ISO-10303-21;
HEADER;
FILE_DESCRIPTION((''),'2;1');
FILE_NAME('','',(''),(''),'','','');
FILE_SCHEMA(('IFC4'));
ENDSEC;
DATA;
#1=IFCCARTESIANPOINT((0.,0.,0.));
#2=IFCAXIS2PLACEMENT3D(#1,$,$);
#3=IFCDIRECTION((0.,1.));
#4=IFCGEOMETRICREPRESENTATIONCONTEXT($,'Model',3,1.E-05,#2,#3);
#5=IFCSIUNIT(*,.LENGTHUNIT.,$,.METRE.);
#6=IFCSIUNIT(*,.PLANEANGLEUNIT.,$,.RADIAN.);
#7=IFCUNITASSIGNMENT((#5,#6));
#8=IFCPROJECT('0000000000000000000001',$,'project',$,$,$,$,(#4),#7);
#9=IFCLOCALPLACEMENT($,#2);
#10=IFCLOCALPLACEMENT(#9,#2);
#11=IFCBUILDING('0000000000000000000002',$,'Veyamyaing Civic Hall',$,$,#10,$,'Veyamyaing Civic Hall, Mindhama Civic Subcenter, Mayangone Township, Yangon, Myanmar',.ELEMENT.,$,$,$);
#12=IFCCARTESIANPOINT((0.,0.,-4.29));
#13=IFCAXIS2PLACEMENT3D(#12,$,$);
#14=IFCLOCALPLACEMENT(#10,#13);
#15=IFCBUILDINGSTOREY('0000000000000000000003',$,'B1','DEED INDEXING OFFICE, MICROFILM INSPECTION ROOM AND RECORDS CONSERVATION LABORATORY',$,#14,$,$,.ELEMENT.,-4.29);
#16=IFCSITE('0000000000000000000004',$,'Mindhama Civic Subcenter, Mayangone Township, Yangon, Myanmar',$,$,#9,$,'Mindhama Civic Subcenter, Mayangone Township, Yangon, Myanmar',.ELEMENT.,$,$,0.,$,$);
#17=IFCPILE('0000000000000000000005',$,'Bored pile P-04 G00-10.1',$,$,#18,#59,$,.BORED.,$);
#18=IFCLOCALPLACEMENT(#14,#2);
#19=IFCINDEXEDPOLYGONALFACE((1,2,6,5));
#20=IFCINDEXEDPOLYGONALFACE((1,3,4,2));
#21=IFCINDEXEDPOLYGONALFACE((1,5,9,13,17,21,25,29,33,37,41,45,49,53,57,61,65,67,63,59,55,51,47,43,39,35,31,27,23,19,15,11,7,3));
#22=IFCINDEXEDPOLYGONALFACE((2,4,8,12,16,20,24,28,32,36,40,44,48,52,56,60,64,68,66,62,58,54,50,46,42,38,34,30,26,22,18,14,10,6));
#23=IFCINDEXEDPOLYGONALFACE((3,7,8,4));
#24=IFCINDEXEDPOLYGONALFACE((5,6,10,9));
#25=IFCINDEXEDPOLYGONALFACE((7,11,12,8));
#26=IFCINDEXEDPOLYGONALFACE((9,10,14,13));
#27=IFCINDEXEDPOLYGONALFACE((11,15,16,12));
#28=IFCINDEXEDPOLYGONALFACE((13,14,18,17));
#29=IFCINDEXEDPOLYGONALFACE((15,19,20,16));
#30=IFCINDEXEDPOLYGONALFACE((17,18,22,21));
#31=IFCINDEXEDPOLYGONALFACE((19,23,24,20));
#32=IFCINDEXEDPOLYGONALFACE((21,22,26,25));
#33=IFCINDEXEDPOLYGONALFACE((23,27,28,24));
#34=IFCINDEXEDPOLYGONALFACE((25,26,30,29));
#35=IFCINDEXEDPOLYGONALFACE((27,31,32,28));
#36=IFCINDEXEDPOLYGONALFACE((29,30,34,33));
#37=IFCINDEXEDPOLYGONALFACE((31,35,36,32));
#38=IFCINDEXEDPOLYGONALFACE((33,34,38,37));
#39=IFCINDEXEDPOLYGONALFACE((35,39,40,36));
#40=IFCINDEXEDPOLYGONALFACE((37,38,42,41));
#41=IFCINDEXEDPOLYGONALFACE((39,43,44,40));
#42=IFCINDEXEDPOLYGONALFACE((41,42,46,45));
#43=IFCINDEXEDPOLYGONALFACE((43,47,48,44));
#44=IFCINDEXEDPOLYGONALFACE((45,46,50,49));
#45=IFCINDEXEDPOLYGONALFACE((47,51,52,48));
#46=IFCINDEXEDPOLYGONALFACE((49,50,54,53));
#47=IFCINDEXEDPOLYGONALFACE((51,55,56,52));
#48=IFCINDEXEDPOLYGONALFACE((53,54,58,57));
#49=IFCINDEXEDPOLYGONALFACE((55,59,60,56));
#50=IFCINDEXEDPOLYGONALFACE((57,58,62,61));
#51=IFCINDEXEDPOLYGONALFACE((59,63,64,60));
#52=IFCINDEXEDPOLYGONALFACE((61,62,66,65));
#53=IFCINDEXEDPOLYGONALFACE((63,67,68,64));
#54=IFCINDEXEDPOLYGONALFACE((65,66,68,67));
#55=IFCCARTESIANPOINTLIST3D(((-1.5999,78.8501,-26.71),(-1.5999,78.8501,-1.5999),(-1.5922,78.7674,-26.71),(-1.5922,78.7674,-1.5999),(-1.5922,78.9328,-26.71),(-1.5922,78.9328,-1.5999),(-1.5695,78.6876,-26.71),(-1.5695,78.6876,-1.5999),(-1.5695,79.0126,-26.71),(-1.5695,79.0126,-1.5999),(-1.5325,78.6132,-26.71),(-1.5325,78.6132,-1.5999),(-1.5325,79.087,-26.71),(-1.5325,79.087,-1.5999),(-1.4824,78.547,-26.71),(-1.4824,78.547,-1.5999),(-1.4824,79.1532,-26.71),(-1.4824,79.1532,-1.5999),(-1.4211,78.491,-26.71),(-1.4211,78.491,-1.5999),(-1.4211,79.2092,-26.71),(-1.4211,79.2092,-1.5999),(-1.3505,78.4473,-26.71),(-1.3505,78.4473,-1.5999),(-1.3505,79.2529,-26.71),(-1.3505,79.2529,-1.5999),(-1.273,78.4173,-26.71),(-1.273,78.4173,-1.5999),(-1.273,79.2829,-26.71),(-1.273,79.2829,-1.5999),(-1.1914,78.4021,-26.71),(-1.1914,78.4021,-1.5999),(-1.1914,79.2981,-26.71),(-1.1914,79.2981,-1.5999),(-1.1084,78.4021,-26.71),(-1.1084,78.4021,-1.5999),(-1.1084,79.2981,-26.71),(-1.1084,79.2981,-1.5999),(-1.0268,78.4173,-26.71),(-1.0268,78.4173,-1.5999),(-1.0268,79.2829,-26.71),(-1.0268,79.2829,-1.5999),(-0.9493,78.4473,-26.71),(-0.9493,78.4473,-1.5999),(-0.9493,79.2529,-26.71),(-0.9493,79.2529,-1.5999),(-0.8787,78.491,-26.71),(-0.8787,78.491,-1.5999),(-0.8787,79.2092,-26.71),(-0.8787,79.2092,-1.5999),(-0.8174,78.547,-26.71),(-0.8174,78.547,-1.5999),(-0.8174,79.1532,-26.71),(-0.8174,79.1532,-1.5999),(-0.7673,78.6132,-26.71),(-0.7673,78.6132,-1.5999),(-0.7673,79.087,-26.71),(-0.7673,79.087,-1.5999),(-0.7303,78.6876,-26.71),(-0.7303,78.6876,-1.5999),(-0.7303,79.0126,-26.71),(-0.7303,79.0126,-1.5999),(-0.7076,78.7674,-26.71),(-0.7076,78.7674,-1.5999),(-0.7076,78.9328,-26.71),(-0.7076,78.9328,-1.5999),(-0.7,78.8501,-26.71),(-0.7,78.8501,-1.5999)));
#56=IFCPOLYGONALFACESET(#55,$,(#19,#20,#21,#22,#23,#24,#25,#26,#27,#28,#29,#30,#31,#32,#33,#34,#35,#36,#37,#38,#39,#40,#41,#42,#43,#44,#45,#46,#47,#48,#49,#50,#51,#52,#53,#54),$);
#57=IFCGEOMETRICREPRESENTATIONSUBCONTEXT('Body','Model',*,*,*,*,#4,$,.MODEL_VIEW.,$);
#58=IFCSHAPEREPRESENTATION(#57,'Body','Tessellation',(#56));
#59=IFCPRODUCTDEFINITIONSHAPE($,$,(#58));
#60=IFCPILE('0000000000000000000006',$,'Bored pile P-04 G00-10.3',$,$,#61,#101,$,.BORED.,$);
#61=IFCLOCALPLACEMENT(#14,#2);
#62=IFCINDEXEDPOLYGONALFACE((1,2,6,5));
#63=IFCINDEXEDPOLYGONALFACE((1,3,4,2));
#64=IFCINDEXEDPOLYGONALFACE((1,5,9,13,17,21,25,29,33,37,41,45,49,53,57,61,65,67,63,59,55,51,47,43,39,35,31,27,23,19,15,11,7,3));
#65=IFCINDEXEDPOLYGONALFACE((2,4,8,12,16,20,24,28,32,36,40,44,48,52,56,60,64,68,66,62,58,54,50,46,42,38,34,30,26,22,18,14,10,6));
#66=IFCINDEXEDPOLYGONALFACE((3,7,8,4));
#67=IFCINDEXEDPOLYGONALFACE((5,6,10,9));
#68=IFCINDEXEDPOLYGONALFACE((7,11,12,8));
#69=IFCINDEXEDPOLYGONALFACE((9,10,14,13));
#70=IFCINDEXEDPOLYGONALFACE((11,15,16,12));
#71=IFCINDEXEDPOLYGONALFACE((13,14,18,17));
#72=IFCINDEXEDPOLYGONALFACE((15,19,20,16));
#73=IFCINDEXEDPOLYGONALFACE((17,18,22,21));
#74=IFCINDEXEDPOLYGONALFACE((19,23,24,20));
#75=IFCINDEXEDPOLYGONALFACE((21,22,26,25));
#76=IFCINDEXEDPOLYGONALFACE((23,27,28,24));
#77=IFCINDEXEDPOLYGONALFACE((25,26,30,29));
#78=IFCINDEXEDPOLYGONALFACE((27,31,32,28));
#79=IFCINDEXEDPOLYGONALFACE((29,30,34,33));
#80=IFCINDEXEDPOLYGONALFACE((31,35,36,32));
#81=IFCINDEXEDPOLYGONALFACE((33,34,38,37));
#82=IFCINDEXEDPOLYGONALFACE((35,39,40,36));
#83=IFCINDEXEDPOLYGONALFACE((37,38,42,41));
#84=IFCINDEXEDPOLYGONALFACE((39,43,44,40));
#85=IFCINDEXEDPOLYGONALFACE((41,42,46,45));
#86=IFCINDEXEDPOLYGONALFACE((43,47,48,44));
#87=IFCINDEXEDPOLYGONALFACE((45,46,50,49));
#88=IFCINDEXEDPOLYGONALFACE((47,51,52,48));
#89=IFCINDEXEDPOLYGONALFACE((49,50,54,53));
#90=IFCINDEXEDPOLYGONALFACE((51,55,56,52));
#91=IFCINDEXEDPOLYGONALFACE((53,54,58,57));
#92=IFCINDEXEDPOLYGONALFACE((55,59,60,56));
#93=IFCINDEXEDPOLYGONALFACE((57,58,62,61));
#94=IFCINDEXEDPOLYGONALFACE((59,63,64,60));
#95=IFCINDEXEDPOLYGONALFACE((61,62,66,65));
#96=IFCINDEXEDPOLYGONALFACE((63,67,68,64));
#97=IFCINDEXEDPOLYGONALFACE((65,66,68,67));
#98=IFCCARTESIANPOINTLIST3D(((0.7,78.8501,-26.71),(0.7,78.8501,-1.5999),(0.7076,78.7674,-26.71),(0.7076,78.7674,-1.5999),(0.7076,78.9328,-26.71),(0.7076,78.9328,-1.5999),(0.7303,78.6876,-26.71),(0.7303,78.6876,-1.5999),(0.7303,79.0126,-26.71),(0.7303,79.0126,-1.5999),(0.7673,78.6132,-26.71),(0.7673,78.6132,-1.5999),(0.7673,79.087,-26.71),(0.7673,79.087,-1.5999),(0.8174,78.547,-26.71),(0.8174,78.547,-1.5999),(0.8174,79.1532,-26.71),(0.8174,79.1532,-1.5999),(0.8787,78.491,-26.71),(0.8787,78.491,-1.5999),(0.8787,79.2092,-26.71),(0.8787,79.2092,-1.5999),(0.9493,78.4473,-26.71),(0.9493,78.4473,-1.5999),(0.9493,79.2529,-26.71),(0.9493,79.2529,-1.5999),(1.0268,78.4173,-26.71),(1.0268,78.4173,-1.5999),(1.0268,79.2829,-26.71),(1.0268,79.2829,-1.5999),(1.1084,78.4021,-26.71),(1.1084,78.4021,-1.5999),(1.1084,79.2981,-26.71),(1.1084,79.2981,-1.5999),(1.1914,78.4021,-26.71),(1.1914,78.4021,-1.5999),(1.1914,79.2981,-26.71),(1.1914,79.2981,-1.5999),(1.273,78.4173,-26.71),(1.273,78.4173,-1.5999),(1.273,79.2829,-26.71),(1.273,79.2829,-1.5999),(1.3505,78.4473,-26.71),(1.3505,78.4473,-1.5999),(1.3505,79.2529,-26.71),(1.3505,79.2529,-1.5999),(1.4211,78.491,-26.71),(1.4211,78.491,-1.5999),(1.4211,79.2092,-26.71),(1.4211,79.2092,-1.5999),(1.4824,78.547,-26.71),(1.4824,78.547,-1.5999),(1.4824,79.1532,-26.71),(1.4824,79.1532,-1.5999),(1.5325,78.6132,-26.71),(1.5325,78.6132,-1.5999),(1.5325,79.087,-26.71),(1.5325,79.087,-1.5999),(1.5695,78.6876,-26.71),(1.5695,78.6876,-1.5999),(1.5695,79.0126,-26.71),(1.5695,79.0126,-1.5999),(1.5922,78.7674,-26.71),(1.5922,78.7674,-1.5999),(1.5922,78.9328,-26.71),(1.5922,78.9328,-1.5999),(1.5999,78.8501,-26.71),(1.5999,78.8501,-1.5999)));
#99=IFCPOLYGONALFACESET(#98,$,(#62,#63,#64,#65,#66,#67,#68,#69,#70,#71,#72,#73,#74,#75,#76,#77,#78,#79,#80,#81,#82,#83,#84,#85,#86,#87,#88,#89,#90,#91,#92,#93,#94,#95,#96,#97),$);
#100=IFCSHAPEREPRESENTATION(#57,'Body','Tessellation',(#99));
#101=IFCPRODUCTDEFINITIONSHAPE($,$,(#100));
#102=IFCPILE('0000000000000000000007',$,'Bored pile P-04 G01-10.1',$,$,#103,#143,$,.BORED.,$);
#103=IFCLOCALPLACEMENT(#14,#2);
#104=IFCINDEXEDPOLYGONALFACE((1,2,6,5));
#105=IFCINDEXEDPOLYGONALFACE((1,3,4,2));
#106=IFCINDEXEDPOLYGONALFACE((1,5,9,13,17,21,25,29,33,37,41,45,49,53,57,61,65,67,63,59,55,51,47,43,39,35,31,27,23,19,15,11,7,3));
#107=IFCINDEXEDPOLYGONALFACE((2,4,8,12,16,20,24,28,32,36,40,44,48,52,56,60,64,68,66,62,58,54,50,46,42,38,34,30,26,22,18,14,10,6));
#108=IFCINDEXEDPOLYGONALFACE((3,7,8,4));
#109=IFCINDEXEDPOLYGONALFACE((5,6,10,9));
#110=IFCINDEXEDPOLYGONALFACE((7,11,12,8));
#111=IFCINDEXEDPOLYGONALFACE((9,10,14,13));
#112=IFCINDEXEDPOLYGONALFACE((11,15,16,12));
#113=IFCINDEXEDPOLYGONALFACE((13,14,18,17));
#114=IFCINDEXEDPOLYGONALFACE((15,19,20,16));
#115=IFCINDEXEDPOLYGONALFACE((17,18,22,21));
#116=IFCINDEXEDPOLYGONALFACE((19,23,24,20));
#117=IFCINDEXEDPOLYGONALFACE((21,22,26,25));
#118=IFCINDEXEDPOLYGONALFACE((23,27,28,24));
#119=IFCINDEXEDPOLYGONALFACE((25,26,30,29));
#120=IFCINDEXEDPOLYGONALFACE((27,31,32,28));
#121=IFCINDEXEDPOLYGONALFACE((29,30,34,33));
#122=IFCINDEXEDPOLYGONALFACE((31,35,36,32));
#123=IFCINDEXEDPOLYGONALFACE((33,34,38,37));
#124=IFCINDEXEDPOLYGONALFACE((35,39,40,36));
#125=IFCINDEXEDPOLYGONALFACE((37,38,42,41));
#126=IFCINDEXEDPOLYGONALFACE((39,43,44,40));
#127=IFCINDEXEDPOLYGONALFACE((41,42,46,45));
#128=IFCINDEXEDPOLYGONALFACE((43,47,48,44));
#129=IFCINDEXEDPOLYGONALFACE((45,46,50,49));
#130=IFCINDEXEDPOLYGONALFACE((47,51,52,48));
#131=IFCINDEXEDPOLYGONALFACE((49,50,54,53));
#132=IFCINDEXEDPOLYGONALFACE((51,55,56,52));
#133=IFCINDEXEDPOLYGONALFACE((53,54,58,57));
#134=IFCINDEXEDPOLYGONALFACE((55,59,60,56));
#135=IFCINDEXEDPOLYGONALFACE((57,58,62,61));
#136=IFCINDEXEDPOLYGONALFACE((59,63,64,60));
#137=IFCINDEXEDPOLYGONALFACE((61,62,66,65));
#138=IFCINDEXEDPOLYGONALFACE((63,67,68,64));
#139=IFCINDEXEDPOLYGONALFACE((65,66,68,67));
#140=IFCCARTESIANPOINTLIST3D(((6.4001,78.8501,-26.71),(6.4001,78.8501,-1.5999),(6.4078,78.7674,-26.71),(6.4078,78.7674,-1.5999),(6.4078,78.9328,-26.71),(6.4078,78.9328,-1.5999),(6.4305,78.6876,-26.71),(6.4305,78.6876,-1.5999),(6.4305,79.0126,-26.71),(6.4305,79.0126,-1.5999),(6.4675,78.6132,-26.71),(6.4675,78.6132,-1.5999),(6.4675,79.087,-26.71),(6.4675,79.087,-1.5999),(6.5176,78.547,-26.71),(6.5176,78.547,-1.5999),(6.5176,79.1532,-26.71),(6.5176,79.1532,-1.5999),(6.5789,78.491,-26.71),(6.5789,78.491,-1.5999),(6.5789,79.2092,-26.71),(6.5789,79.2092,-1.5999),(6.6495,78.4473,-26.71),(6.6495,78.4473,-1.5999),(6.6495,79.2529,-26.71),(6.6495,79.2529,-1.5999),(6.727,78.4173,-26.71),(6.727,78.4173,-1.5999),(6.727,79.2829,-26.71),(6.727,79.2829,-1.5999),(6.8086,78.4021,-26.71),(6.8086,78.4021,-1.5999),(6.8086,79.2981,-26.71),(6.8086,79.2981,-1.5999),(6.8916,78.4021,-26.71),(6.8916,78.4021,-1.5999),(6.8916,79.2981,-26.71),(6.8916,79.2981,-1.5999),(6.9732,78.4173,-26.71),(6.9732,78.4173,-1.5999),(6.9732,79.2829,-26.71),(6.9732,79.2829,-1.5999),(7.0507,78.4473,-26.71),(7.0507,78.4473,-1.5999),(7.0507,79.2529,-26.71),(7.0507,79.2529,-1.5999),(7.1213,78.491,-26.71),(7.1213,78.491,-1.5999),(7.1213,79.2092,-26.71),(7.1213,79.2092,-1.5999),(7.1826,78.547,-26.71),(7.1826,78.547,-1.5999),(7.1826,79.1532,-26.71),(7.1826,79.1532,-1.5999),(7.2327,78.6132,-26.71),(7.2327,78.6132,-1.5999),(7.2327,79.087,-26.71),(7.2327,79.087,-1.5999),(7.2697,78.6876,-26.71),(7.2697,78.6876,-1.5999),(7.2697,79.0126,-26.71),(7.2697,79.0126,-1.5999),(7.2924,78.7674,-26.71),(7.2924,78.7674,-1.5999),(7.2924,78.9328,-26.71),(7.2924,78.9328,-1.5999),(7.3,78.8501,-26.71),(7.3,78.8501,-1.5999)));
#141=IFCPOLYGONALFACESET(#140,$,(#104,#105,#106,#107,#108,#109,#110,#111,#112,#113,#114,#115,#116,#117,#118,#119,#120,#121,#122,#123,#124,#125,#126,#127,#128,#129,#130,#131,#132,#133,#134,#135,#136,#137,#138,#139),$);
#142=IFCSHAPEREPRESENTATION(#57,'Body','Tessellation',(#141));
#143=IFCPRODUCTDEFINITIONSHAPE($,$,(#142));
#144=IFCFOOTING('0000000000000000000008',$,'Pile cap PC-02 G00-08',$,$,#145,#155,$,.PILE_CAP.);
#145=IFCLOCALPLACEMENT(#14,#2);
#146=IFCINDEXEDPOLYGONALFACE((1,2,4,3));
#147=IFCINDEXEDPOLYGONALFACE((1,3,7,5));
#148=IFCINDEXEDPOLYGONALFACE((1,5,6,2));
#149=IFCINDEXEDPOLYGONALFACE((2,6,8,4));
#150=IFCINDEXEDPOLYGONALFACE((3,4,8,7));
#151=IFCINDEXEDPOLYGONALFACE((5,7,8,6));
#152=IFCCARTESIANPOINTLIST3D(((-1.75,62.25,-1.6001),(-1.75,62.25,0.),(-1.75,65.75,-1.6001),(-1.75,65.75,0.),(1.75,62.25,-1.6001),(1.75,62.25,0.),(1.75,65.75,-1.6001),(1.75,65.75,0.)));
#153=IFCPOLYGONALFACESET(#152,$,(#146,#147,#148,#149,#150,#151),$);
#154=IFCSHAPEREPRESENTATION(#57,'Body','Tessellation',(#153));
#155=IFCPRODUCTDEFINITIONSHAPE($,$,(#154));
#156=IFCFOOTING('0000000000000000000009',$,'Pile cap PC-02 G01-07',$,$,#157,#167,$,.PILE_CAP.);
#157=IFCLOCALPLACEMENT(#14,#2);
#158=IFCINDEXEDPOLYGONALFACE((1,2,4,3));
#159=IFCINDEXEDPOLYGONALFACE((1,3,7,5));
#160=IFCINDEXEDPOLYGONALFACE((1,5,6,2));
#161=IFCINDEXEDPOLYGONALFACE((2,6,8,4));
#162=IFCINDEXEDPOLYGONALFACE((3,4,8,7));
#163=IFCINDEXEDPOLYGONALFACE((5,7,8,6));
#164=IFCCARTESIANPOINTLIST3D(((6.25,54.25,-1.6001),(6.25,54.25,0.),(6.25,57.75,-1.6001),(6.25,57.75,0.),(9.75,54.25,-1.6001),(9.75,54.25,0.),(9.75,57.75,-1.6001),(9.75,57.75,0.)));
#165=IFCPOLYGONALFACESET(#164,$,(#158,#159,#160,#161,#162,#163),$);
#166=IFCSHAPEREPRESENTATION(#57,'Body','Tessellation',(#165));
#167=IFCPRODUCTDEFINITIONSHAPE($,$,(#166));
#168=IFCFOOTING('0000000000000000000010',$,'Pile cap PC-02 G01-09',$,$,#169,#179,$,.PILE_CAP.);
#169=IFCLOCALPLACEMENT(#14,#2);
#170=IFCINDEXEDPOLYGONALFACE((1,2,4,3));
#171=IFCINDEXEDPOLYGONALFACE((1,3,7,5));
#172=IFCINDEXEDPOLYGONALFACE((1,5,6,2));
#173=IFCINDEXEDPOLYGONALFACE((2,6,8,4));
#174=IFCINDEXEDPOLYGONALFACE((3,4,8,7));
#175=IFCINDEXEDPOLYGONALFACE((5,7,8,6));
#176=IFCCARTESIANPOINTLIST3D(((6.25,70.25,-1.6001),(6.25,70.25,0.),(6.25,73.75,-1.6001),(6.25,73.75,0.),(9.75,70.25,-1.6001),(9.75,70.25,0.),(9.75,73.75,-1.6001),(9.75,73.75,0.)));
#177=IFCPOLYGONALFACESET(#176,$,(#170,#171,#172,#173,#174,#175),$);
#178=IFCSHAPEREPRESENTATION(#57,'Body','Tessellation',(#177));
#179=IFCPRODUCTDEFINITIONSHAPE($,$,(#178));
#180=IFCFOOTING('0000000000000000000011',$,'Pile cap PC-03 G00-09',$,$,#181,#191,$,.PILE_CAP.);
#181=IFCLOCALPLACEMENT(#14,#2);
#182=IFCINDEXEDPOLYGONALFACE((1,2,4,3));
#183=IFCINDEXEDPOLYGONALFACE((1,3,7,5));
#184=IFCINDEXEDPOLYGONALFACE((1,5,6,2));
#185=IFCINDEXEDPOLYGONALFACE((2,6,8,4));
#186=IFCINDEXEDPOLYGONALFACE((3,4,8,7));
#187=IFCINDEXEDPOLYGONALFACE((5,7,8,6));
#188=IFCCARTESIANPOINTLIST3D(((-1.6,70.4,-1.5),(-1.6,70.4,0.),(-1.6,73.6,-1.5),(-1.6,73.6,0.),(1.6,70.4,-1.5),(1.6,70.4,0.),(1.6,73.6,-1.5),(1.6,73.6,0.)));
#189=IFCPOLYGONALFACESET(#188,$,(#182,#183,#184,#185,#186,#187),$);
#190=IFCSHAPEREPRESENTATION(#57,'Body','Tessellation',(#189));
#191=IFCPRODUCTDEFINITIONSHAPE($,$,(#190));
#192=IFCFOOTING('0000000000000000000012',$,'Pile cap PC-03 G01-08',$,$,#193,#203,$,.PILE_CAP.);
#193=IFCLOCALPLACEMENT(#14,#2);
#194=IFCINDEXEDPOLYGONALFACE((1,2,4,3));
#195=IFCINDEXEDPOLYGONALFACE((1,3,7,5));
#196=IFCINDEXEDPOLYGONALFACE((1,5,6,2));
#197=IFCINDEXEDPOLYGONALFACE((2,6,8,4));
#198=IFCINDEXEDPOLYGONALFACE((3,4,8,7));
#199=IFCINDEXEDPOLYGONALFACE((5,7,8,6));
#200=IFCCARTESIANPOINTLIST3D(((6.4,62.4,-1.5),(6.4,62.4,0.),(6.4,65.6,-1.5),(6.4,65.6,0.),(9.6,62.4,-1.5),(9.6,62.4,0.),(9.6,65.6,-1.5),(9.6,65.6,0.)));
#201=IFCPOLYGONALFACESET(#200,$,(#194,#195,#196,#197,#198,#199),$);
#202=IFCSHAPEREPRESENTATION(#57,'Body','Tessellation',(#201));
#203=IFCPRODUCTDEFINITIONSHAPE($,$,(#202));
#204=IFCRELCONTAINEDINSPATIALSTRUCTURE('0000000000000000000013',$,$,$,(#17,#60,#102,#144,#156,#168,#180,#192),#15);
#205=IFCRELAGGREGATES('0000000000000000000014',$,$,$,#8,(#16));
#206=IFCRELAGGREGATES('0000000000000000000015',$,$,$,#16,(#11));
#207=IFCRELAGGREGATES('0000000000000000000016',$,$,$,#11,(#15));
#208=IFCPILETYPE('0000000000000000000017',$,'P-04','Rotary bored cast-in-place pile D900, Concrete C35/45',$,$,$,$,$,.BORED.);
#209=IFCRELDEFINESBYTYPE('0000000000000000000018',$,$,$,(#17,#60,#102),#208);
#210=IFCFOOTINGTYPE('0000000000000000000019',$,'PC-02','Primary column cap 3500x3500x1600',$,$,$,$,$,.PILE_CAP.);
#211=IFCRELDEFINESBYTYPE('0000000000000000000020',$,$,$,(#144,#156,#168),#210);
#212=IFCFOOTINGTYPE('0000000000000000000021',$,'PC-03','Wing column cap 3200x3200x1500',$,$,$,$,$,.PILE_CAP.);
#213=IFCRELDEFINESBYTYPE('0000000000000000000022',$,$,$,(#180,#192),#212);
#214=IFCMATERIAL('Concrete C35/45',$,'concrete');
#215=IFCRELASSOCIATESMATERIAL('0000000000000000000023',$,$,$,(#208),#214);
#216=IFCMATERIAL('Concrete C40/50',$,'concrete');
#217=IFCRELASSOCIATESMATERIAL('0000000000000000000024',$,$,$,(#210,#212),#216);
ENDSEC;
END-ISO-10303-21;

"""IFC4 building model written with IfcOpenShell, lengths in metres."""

from ifc_helpers import new_model, si_unit, direction, frame, origin, origin_2d, place, context, subcontext, project, spatial, rectangle, circle, extrude, material, material_profile, profile_set, type_object, element, save


model = new_model("IFC4")

# Units and contexts
model_context = context("Model", 3, precision=1e-05, world=origin(), true_north=direction((0.0, 1.0)))
body_context = subcontext(model_context, "Body", "Model", "MODEL_VIEW")
ifc_project = project(units=[si_unit("LENGTHUNIT", "METRE"), si_unit("PLANEANGLEUNIT", "RADIAN")], contexts=[model_context])

# Site, building, storey
site_placement = place(None, origin())
site = spatial("IfcSite", under=ifc_project, at=site_placement, Name="Mindhama Civic Subcenter, Mayangone Township, Yangon, Myanmar", LongName="Mindhama Civic Subcenter, Mayangone Township, Yangon, Myanmar", CompositionType="ELEMENT", RefElevation=0.0)
building_placement = place(site_placement, origin())
building = spatial("IfcBuilding", under=site, at=building_placement, Name="Veyamyaing Civic Hall", LongName="Veyamyaing Civic Hall, Mindhama Civic Subcenter, Mayangone Township, Yangon, Myanmar", CompositionType="ELEMENT")
storey_placement = place(building_placement, frame((0.0, 0.0, -4.29)))
storey = spatial("IfcBuildingStorey", under=building, at=storey_placement, Name="B1", Description="DEED INDEXING OFFICE, MICROFILM INSPECTION ROOM AND RECORDS CONSERVATION LABORATORY", CompositionType="ELEMENT", Elevation=-4.29)

# Shared definitions
ifc_material_1 = material(Name="Concrete C40/50", Category="concrete")

# Piles
ifc_material_2 = material(Name="Concrete C35/45", Category="concrete")
ifc_material_profile_1 = material_profile(ifc_material_2, circle(Radius=0.45, at=origin_2d()), Name="PILE-D900")
ifc_profile_set_1 = profile_set([ifc_material_profile_1], Name="Concrete C35/45")
pile_type_1 = type_object("IfcPileType", Name="P-04", Description="Rotary bored cast-in-place pile D900, Concrete C35/45", PredefinedType="BORED", material=ifc_profile_set_1)
for number, where, z_axis, x_axis, name in (
    (1, (-1.1499, 78.8501, -1.5999), (0.0, 0.0, -1.0), (1.0, 0.0, 0.0), "Bored pile P-04 G00-10.1"),
    (2, (1.1499, 78.8501, -1.5999), (0.0, 0.0, -1.0), (1.0, 0.0, 0.0), "Bored pile P-04 G00-10.3"),
    (3, (6.8501, 78.8501, -1.5999), (0.0, 0.0, -1.0), (1.0, 0.0, 0.0), "Bored pile P-04 G01-10.1"),
):
    element("IfcPile", number, at=place(storey_placement, frame(where, z_axis=z_axis, x_axis=x_axis)), inside=storey, type_object=pile_type_1, Name=name, PredefinedType="BORED", context=body_context, shape_type="SweptSolid", body=[
        extrude(circle(Radius=0.45, at=origin_2d()), origin(), (0.0, 0.0, 1.0), 25.1101),
    ])

# Footings
footing_type_1 = type_object("IfcFootingType", Name="PC-02", Description="Primary column cap 3500x3500x1600", PredefinedType="PILE_CAP", material=ifc_material_1)
for number, where, z_axis, x_axis, name in (
    (4, (0.0, 64.0, -1.6001), (0.0, 0.0, 1.0), (1.0, 0.0, 0.0), "Pile cap PC-02 G00-08"),
    (5, (8.0, 56.0, -1.6001), (0.0, 0.0, 1.0), (1.0, 0.0, 0.0), "Pile cap PC-02 G01-07"),
    (6, (8.0, 72.0, -1.6001), (0.0, 0.0, 1.0), (1.0, 0.0, 0.0), "Pile cap PC-02 G01-09"),
):
    element("IfcFooting", number, at=place(storey_placement, frame(where, z_axis=z_axis, x_axis=x_axis)), inside=storey, type_object=footing_type_1, Name=name, PredefinedType="PILE_CAP", context=body_context, shape_type="SweptSolid", body=[
        extrude(rectangle(XDim=3.5, YDim=3.5, at=origin_2d()), origin(), (0.0, 0.0, 1.0), 1.6001),
    ])
footing_type_2 = type_object("IfcFootingType", Name="PC-03", Description="Wing column cap 3200x3200x1500", PredefinedType="PILE_CAP", material=ifc_material_1)
for number, where, z_axis, x_axis, name in (
    (7, (0.0, 72.0, -1.5), (0.0, 0.0, 1.0), (1.0, 0.0, 0.0), "Pile cap PC-03 G00-09"),
    (8, (8.0, 64.0, -1.5), (0.0, 0.0, 1.0), (1.0, 0.0, 0.0), "Pile cap PC-03 G01-08"),
):
    element("IfcFooting", number, at=place(storey_placement, frame(where, z_axis=z_axis, x_axis=x_axis)), inside=storey, type_object=footing_type_2, Name=name, PredefinedType="PILE_CAP", context=body_context, shape_type="SweptSolid", body=[
        extrude(rectangle(XDim=3.2, YDim=3.2, at=origin_2d()), origin(), (0.0, 0.0, 1.0), 1.5),
    ])

save(model, "model.ifc")
